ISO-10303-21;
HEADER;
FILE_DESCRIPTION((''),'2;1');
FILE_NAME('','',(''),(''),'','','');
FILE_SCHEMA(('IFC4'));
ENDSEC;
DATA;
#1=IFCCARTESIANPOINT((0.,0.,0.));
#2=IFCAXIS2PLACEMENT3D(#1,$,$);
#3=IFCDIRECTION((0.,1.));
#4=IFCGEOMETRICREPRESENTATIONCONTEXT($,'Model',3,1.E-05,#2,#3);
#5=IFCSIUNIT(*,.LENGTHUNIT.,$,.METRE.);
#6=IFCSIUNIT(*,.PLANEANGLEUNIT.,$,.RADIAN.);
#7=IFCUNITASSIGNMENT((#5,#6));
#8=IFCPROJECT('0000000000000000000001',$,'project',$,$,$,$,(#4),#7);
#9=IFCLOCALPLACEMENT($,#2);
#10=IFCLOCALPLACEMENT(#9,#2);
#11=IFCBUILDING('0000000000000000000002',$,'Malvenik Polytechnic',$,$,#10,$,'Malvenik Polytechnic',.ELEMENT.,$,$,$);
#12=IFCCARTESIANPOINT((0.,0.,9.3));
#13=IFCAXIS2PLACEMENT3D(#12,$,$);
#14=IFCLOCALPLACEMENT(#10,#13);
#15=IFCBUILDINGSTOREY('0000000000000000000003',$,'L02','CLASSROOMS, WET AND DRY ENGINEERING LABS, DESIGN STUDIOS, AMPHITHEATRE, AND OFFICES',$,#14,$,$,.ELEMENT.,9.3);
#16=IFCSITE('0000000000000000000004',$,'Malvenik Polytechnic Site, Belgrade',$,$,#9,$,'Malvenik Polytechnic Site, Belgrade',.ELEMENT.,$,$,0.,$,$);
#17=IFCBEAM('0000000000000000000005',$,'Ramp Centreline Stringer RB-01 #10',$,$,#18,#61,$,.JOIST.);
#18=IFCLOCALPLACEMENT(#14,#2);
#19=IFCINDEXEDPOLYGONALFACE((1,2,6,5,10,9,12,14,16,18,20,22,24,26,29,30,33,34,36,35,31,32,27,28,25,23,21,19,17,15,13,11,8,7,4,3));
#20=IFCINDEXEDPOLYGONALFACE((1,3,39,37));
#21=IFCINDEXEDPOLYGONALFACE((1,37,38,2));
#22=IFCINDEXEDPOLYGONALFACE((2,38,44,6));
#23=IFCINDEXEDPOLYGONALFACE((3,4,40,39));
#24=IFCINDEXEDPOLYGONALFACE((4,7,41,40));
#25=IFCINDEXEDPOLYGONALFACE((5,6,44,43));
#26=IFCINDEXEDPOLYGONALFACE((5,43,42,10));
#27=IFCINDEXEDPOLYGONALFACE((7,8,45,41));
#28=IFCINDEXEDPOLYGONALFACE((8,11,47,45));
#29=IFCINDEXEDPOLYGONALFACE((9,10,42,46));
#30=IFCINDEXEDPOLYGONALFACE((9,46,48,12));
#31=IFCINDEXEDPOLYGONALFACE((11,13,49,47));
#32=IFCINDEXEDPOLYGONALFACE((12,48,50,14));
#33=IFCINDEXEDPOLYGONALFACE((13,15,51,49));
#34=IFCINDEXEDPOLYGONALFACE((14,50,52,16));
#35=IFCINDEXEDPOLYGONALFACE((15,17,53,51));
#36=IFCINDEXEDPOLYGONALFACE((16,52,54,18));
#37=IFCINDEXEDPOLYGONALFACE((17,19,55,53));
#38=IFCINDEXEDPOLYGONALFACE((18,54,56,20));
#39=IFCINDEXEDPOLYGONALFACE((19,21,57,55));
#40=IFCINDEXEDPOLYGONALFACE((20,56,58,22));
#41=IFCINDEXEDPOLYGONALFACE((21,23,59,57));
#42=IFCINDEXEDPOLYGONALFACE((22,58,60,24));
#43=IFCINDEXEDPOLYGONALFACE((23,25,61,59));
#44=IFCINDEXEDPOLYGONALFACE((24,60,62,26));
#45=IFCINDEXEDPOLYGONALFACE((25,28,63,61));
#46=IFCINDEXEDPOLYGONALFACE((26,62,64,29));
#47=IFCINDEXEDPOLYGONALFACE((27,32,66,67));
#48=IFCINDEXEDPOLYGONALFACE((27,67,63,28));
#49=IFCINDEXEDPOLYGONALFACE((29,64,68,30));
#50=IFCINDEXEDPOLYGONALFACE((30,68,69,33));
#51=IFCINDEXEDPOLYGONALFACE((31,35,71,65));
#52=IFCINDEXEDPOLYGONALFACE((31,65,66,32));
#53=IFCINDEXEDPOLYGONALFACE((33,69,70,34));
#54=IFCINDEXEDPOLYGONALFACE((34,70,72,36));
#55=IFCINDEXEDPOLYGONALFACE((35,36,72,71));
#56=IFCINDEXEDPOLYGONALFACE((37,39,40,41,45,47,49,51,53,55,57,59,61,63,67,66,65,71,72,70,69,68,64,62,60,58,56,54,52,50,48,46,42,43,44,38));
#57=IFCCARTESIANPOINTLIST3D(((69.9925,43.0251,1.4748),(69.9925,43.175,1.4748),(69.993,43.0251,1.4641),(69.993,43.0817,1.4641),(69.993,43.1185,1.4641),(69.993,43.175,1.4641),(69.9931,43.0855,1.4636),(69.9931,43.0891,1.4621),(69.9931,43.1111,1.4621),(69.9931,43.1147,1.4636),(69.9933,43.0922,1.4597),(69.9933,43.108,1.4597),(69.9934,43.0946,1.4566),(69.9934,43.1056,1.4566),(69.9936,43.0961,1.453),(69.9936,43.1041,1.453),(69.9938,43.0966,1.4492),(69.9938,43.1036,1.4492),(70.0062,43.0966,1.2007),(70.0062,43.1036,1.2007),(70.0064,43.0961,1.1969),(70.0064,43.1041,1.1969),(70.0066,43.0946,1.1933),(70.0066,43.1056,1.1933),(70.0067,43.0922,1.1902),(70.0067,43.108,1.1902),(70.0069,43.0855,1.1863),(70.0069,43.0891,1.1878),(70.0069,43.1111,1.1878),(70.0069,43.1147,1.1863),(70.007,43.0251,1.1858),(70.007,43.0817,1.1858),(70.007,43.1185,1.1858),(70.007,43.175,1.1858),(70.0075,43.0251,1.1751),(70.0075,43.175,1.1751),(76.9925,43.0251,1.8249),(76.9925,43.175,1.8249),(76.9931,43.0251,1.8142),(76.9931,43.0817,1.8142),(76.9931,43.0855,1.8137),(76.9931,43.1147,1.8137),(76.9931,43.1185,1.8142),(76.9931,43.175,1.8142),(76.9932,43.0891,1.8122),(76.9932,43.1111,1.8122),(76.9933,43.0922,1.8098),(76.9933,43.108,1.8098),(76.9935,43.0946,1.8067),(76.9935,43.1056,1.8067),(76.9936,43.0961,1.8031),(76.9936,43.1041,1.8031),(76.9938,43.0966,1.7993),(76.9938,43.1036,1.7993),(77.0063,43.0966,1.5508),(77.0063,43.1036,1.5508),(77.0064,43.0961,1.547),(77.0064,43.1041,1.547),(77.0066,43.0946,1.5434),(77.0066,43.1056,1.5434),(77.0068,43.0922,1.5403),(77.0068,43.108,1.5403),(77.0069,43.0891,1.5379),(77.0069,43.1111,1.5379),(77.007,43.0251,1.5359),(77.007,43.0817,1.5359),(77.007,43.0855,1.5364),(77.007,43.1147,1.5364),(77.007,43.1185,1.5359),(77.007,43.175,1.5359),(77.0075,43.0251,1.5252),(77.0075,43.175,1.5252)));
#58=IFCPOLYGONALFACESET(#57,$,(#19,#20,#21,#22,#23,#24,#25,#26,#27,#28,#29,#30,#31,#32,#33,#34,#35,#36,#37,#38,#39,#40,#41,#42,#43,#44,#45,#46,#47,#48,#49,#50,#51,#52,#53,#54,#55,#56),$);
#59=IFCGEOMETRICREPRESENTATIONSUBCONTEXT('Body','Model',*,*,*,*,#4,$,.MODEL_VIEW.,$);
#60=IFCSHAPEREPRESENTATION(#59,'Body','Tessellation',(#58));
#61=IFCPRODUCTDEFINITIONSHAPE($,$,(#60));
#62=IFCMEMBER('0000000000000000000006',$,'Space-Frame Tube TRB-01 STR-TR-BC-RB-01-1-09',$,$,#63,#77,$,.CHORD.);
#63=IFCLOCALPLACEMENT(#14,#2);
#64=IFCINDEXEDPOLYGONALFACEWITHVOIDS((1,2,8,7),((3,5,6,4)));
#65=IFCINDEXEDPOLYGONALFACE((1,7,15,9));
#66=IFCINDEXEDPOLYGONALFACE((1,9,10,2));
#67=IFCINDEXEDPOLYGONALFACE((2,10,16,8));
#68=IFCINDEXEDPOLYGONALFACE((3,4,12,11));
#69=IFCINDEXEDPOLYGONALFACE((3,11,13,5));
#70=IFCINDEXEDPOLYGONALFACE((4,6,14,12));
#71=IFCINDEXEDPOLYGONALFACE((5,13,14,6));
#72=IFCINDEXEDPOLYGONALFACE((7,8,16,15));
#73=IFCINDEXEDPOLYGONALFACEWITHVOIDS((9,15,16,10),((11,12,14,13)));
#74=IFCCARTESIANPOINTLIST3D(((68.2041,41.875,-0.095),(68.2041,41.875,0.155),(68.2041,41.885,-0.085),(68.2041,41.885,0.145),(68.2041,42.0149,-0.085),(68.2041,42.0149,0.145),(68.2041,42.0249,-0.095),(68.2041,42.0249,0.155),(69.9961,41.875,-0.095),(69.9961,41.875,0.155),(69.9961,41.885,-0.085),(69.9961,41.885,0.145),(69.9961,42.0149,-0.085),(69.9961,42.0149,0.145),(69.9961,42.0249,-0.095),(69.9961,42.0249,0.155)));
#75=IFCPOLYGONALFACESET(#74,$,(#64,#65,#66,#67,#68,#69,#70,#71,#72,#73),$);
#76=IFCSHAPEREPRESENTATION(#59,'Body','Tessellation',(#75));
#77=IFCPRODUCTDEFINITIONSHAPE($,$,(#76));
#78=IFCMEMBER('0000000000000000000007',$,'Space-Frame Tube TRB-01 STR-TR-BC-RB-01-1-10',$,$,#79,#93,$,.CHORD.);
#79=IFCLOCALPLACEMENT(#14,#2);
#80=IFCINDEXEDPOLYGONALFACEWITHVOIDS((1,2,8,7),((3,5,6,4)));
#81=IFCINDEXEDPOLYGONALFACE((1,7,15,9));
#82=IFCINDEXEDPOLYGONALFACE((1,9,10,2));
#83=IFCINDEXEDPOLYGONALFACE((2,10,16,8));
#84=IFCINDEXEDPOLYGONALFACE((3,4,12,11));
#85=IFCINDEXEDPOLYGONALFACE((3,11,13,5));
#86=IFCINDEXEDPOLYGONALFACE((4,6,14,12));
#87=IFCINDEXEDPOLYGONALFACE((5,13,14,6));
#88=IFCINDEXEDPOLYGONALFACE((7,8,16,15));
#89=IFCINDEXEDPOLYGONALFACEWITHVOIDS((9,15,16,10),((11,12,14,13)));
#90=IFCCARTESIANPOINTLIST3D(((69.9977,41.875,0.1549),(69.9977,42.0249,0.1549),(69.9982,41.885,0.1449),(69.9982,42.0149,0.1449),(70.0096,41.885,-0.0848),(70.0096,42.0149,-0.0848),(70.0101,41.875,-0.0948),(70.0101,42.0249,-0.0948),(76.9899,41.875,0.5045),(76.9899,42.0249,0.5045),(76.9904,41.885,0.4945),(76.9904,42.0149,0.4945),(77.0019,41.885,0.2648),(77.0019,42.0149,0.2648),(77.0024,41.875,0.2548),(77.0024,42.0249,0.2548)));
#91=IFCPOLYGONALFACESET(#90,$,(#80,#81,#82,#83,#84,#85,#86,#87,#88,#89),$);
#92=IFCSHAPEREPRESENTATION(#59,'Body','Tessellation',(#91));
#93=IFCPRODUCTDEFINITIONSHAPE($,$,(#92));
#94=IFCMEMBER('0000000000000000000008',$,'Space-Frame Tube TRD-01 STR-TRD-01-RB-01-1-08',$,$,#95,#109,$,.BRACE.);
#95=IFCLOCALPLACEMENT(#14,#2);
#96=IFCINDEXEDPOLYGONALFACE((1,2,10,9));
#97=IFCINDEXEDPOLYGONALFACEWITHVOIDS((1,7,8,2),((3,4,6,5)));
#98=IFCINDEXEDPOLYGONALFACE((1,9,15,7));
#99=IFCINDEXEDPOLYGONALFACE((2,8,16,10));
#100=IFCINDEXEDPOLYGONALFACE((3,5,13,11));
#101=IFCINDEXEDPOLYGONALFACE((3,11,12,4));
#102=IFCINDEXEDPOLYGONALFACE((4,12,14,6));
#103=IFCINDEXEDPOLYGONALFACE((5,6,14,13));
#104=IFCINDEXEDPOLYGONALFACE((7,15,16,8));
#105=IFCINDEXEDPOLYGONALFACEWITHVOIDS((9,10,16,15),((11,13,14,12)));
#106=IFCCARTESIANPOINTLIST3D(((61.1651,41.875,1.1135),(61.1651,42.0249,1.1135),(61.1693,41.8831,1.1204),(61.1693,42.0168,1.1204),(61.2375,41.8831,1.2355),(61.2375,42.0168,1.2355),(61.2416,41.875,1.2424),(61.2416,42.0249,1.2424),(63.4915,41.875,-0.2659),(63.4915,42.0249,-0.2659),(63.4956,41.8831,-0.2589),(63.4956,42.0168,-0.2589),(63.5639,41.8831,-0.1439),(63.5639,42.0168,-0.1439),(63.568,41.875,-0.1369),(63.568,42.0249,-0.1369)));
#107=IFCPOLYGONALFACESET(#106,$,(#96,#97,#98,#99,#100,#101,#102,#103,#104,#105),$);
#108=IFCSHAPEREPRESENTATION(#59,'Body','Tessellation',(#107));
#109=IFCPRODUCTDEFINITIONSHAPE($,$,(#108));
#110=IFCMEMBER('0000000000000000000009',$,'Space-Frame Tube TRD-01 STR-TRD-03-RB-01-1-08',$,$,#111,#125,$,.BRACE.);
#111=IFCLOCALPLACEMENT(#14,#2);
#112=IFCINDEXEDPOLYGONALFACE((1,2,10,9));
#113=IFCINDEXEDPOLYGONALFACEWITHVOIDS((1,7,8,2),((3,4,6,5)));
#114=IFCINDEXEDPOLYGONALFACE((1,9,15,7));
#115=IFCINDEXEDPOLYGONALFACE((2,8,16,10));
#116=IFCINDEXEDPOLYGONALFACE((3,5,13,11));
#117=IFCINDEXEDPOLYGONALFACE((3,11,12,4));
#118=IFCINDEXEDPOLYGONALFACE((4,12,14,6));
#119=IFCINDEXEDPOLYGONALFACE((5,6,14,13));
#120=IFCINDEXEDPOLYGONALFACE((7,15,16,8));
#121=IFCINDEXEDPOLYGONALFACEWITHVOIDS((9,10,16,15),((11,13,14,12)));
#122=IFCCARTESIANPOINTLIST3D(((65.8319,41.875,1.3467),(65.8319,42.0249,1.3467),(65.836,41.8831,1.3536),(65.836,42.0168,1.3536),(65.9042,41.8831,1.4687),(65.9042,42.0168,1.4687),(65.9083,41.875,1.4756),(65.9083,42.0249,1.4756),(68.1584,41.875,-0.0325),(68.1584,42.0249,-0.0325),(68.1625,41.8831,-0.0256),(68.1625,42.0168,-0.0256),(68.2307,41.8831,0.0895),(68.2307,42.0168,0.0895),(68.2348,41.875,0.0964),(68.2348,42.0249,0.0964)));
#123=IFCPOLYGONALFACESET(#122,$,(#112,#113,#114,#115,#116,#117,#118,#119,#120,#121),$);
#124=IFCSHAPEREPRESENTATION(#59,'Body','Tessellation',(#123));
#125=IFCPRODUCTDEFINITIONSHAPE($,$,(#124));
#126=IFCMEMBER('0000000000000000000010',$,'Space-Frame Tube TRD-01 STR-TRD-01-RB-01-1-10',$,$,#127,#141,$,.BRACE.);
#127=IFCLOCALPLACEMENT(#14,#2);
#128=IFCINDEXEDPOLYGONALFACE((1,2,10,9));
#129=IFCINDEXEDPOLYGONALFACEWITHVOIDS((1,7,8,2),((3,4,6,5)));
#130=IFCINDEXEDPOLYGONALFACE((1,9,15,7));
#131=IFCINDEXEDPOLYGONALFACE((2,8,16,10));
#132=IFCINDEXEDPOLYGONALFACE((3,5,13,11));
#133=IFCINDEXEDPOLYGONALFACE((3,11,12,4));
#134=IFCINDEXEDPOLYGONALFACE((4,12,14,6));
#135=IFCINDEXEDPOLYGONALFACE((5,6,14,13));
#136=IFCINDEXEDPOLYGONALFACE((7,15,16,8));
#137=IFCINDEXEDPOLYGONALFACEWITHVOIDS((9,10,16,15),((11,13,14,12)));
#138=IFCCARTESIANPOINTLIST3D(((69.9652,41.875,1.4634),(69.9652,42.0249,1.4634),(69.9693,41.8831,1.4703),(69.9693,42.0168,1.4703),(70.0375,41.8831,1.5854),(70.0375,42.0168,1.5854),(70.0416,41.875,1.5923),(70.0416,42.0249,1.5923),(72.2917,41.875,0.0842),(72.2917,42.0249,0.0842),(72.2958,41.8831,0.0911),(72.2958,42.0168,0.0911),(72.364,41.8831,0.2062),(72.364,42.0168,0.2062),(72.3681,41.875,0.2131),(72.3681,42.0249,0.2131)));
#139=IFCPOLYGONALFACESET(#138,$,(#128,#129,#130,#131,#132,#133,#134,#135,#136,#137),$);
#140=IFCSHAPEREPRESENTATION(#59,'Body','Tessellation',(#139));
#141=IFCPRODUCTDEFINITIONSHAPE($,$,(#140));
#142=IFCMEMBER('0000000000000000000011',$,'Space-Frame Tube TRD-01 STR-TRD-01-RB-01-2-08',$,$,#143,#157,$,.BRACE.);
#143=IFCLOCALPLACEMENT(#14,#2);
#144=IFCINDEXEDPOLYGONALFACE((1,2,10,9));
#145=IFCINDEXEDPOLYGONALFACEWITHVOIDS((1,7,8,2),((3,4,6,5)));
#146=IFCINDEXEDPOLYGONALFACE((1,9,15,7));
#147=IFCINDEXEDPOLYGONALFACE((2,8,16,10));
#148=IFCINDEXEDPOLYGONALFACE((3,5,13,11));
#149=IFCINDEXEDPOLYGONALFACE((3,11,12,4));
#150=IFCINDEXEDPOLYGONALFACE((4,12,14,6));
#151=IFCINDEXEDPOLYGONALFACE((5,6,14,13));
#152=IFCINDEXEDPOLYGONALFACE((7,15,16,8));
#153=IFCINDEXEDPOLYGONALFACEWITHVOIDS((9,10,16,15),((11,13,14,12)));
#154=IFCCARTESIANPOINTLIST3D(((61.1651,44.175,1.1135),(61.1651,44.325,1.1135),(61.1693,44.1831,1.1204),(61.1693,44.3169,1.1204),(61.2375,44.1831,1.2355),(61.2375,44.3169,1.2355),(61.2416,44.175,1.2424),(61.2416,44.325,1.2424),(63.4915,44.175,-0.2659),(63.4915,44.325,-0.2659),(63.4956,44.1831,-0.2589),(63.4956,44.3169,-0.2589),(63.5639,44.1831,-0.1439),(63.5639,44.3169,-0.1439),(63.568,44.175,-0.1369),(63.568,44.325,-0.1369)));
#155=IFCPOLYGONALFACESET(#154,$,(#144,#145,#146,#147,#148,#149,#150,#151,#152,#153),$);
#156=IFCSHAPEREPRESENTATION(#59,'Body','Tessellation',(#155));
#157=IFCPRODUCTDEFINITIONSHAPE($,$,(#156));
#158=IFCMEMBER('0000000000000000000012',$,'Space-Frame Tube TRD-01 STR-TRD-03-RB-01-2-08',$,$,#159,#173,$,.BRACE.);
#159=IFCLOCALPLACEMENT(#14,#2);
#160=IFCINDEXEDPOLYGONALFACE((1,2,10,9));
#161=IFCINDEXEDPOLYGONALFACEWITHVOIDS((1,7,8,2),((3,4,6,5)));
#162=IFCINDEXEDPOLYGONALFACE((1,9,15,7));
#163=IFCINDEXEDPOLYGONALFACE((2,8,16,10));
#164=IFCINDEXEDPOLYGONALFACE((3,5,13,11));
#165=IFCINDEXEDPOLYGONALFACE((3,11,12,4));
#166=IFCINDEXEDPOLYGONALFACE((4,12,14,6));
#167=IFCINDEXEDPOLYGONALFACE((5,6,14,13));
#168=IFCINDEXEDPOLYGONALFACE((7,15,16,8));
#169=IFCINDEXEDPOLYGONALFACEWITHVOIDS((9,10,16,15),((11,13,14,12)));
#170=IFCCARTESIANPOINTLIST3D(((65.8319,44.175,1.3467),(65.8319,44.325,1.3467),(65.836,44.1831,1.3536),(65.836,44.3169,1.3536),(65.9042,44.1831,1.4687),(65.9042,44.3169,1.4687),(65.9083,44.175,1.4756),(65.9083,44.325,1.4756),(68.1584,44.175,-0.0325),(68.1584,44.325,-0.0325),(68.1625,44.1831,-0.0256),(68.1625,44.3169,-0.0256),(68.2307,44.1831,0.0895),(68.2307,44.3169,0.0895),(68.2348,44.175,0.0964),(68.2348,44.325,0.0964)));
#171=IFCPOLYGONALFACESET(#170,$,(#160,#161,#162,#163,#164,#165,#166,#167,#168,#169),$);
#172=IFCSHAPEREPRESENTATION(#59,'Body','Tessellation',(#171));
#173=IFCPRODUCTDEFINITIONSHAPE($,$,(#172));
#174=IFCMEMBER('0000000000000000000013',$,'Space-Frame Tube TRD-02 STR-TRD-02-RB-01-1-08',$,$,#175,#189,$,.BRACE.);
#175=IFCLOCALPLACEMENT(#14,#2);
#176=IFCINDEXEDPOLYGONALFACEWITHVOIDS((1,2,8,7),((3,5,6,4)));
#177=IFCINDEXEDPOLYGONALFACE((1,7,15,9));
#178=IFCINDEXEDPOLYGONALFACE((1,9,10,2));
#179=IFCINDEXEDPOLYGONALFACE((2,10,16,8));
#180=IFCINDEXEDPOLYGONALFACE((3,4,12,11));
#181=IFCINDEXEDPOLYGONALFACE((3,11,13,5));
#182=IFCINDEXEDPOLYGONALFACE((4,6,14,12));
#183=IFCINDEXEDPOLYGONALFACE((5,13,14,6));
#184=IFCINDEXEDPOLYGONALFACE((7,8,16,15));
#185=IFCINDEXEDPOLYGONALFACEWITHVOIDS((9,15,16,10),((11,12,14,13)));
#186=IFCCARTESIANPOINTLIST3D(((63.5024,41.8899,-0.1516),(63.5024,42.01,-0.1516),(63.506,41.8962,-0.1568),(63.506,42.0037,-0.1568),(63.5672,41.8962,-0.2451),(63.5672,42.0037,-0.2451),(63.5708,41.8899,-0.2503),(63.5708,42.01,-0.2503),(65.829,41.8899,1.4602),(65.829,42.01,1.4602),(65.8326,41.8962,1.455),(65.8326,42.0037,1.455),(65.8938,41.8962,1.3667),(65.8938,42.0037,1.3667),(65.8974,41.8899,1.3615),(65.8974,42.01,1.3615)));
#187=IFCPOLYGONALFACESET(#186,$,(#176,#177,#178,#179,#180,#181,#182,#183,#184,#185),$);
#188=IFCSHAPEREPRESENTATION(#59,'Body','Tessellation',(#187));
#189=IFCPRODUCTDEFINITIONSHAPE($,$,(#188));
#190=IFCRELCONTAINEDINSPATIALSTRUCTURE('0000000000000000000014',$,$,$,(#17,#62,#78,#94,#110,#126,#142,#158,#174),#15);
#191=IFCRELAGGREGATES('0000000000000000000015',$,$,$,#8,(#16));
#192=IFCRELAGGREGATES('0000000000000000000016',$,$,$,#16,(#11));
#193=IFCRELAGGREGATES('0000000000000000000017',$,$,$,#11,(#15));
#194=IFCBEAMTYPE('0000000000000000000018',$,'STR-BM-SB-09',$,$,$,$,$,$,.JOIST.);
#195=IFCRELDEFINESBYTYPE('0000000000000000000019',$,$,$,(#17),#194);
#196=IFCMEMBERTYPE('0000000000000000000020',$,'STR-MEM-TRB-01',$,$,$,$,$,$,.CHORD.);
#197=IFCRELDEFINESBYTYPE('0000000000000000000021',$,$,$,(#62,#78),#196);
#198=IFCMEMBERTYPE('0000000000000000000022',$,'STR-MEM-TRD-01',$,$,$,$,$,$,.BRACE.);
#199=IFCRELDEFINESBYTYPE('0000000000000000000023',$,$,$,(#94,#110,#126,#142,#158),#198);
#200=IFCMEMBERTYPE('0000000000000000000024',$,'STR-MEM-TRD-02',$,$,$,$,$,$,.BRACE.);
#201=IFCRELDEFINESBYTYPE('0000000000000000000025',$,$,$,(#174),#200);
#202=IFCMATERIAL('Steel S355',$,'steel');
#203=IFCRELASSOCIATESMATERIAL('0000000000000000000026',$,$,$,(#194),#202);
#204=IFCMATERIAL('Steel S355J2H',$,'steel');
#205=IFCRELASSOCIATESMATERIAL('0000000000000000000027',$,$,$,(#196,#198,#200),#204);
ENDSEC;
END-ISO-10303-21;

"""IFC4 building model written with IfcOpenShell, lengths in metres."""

from ifc_helpers import new_model, si_unit, direction, frame, origin, origin_2d, place, context, subcontext, project, spatial, hollow_rectangle, i_section, extrude, material, material_profile, profile_set, type_object, element, save


model = new_model("IFC4")

# Units and contexts
model_context = context("Model", 3, precision=1e-05, world=origin(), true_north=direction((0.0, 1.0)))
body_context = subcontext(model_context, "Body", "Model", "MODEL_VIEW")
ifc_project = project(units=[si_unit("LENGTHUNIT", "METRE"), si_unit("PLANEANGLEUNIT", "RADIAN")], contexts=[model_context])

# Site, building, storey
site_placement = place(None, origin())
site = spatial("IfcSite", under=ifc_project, at=site_placement, Name="Malvenik Polytechnic Site, Belgrade", LongName="Malvenik Polytechnic Site, Belgrade", CompositionType="ELEMENT", RefElevation=0.0)
building_placement = place(site_placement, origin())
building = spatial("IfcBuilding", under=site, at=building_placement, Name="Malvenik Polytechnic", LongName="Malvenik Polytechnic", CompositionType="ELEMENT")
storey_placement = place(building_placement, frame((0.0, 0.0, 9.3)))
storey = spatial("IfcBuildingStorey", under=building, at=storey_placement, Name="L02", Description="CLASSROOMS, WET AND DRY ENGINEERING LABS, DESIGN STUDIOS, AMPHITHEATRE, AND OFFICES", CompositionType="ELEMENT", Elevation=9.3)

# Shared definitions
ifc_material_1 = material(Name="Steel S355J2H", Category="steel")
ifc_material_2 = material(Name="Steel S355", Category="steel")

# Beam
ifc_material_profile_1 = material_profile(ifc_material_2, i_section(OverallWidth=0.1499, OverallDepth=0.3, WebThickness=0.0071, FlangeThickness=0.0107, FilletRadius=0.0149, at=origin_2d()), Name="IPE 300")
ifc_profile_set_1 = profile_set([ifc_material_profile_1], Name="Steel S355")
beam_type_1 = type_object("IfcBeamType", Name="STR-BM-SB-09", PredefinedType="JOIST", material=ifc_profile_set_1)
for number, where, z_axis, x_axis, name in (
    (1, (70.0, 43.1001, 1.325), (0.998752, 0.0, 0.049952), (0.0, 1.0, 0.0), "Ramp Centreline Stringer RB-01 #10"),
):
    element("IfcBeam", number, at=place(storey_placement, frame(where, z_axis=z_axis, x_axis=x_axis)), inside=storey, type_object=beam_type_1, Name=name, PredefinedType="JOIST", context=body_context, shape_type="SweptSolid", body=[
        extrude(i_section(OverallWidth=0.1499, OverallDepth=0.3, WebThickness=0.0071, FlangeThickness=0.0107, FilletRadius=0.0149, at=origin_2d()), origin(), (0.0, 0.0, 1.0), 7.0088),
    ])

# Members
ifc_material_profile_2 = material_profile(ifc_material_1, hollow_rectangle(XDim=0.1499, YDim=0.25, WallThickness=0.01, at=origin_2d()), Name="RHS 250x150x10.0")
ifc_profile_set_2 = profile_set([ifc_material_profile_2], Name="Steel S355J2H")
member_type_1 = type_object("IfcMemberType", Name="STR-MEM-TRB-01", PredefinedType="CHORD", material=ifc_profile_set_2)
member_1_placement = place(storey_placement, frame((68.2041, 41.95, 0.03), z_axis=(1.0, 0.0, 0.0), x_axis=(0.0, 1.0, 0.0)))
element("IfcMember", 2, at=member_1_placement, inside=storey, type_object=member_type_1, Name="Space-Frame Tube TRB-01 STR-TR-BC-RB-01-1-09", PredefinedType="CHORD", context=body_context, shape_type="SweptSolid", body=[
    extrude(hollow_rectangle(XDim=0.1499, YDim=0.25, WallThickness=0.01, at=origin_2d()), origin(), (0.0, 0.0, 1.0), 1.792),
])
member_2_placement = place(storey_placement, frame((70.0039, 41.95, 0.03), z_axis=(0.998752, 0.0, 0.049938), x_axis=(0.0, 1.0, 0.0)))
element("IfcMember", 3, at=member_2_placement, inside=storey, type_object=member_type_1, Name="Space-Frame Tube TRB-01 STR-TR-BC-RB-01-1-10", PredefinedType="CHORD", context=body_context, shape_type="SweptSolid", body=[
    extrude(hollow_rectangle(XDim=0.1499, YDim=0.25, WallThickness=0.01, at=origin_2d()), origin(), (0.0, 0.0, 1.0), 7.001),
])
ifc_material_profile_3 = material_profile(ifc_material_1, hollow_rectangle(XDim=0.1499, YDim=0.1499, WallThickness=0.0081, at=origin_2d()), Name="SHS 150x150x8.0")
ifc_profile_set_3 = profile_set([ifc_material_profile_3], Name="Steel S355J2H")
member_type_2 = type_object("IfcMemberType", Name="STR-MEM-TRD-01", PredefinedType="BRACE", material=ifc_profile_set_3)
for number, where, z_axis, x_axis, name in (
    (4, (61.2034, 41.95, 1.178), (0.860165, 0.0, -0.510015), (0.0, 1.0, 0.0), "Space-Frame Tube TRD-01 STR-TRD-01-RB-01-1-08"),
    (5, (65.8701, 41.95, 1.4111), (0.860205, 0.0, -0.509948), (0.0, 1.0, 0.0), "Space-Frame Tube TRD-01 STR-TRD-03-RB-01-1-08"),
    (6, (70.0034, 41.95, 1.5278), (0.860205, 0.0, -0.509948), (0.0, 1.0, 0.0), "Space-Frame Tube TRD-01 STR-TRD-01-RB-01-1-10"),
    (7, (61.2034, 44.25, 1.178), (0.860165, 0.0, -0.510015), (0.0, 1.0, 0.0), "Space-Frame Tube TRD-01 STR-TRD-01-RB-01-2-08"),
    (8, (65.8701, 44.25, 1.4111), (0.860205, 0.0, -0.509948), (0.0, 1.0, 0.0), "Space-Frame Tube TRD-01 STR-TRD-03-RB-01-2-08"),
):
    element("IfcMember", number, at=place(storey_placement, frame(where, z_axis=z_axis, x_axis=x_axis)), inside=storey, type_object=member_type_2, Name=name, PredefinedType="BRACE", context=body_context, shape_type="SweptSolid", body=[
        extrude(hollow_rectangle(XDim=0.1499, YDim=0.1499, WallThickness=0.0081, at=origin_2d()), origin(), (0.0, 0.0, 1.0), 2.7046),
    ])
ifc_material_profile_4 = material_profile(ifc_material_1, hollow_rectangle(XDim=0.1201, YDim=0.1201, WallThickness=0.0063, at=origin_2d()), Name="SHS 120x120x6.3")
ifc_profile_set_4 = profile_set([ifc_material_profile_4], Name="Steel S355J2H")
member_type_3 = type_object("IfcMemberType", Name="STR-MEM-TRD-02", PredefinedType="BRACE", material=ifc_profile_set_4)
member_3_placement = place(storey_placement, frame((63.5366, 41.95, -0.2009), z_axis=(0.822018, 0.0, 0.569461), x_axis=(0.0, 1.0, 0.0)))
element("IfcMember", 9, at=member_3_placement, inside=storey, type_object=member_type_3, Name="Space-Frame Tube TRD-02 STR-TRD-02-RB-01-1-08", PredefinedType="BRACE", context=body_context, shape_type="SweptSolid", body=[
    extrude(hollow_rectangle(XDim=0.1201, YDim=0.1201, WallThickness=0.0063, at=origin_2d()), origin(), (0.0, 0.0, 1.0), 2.8303),
])

save(model, "model.ifc")
